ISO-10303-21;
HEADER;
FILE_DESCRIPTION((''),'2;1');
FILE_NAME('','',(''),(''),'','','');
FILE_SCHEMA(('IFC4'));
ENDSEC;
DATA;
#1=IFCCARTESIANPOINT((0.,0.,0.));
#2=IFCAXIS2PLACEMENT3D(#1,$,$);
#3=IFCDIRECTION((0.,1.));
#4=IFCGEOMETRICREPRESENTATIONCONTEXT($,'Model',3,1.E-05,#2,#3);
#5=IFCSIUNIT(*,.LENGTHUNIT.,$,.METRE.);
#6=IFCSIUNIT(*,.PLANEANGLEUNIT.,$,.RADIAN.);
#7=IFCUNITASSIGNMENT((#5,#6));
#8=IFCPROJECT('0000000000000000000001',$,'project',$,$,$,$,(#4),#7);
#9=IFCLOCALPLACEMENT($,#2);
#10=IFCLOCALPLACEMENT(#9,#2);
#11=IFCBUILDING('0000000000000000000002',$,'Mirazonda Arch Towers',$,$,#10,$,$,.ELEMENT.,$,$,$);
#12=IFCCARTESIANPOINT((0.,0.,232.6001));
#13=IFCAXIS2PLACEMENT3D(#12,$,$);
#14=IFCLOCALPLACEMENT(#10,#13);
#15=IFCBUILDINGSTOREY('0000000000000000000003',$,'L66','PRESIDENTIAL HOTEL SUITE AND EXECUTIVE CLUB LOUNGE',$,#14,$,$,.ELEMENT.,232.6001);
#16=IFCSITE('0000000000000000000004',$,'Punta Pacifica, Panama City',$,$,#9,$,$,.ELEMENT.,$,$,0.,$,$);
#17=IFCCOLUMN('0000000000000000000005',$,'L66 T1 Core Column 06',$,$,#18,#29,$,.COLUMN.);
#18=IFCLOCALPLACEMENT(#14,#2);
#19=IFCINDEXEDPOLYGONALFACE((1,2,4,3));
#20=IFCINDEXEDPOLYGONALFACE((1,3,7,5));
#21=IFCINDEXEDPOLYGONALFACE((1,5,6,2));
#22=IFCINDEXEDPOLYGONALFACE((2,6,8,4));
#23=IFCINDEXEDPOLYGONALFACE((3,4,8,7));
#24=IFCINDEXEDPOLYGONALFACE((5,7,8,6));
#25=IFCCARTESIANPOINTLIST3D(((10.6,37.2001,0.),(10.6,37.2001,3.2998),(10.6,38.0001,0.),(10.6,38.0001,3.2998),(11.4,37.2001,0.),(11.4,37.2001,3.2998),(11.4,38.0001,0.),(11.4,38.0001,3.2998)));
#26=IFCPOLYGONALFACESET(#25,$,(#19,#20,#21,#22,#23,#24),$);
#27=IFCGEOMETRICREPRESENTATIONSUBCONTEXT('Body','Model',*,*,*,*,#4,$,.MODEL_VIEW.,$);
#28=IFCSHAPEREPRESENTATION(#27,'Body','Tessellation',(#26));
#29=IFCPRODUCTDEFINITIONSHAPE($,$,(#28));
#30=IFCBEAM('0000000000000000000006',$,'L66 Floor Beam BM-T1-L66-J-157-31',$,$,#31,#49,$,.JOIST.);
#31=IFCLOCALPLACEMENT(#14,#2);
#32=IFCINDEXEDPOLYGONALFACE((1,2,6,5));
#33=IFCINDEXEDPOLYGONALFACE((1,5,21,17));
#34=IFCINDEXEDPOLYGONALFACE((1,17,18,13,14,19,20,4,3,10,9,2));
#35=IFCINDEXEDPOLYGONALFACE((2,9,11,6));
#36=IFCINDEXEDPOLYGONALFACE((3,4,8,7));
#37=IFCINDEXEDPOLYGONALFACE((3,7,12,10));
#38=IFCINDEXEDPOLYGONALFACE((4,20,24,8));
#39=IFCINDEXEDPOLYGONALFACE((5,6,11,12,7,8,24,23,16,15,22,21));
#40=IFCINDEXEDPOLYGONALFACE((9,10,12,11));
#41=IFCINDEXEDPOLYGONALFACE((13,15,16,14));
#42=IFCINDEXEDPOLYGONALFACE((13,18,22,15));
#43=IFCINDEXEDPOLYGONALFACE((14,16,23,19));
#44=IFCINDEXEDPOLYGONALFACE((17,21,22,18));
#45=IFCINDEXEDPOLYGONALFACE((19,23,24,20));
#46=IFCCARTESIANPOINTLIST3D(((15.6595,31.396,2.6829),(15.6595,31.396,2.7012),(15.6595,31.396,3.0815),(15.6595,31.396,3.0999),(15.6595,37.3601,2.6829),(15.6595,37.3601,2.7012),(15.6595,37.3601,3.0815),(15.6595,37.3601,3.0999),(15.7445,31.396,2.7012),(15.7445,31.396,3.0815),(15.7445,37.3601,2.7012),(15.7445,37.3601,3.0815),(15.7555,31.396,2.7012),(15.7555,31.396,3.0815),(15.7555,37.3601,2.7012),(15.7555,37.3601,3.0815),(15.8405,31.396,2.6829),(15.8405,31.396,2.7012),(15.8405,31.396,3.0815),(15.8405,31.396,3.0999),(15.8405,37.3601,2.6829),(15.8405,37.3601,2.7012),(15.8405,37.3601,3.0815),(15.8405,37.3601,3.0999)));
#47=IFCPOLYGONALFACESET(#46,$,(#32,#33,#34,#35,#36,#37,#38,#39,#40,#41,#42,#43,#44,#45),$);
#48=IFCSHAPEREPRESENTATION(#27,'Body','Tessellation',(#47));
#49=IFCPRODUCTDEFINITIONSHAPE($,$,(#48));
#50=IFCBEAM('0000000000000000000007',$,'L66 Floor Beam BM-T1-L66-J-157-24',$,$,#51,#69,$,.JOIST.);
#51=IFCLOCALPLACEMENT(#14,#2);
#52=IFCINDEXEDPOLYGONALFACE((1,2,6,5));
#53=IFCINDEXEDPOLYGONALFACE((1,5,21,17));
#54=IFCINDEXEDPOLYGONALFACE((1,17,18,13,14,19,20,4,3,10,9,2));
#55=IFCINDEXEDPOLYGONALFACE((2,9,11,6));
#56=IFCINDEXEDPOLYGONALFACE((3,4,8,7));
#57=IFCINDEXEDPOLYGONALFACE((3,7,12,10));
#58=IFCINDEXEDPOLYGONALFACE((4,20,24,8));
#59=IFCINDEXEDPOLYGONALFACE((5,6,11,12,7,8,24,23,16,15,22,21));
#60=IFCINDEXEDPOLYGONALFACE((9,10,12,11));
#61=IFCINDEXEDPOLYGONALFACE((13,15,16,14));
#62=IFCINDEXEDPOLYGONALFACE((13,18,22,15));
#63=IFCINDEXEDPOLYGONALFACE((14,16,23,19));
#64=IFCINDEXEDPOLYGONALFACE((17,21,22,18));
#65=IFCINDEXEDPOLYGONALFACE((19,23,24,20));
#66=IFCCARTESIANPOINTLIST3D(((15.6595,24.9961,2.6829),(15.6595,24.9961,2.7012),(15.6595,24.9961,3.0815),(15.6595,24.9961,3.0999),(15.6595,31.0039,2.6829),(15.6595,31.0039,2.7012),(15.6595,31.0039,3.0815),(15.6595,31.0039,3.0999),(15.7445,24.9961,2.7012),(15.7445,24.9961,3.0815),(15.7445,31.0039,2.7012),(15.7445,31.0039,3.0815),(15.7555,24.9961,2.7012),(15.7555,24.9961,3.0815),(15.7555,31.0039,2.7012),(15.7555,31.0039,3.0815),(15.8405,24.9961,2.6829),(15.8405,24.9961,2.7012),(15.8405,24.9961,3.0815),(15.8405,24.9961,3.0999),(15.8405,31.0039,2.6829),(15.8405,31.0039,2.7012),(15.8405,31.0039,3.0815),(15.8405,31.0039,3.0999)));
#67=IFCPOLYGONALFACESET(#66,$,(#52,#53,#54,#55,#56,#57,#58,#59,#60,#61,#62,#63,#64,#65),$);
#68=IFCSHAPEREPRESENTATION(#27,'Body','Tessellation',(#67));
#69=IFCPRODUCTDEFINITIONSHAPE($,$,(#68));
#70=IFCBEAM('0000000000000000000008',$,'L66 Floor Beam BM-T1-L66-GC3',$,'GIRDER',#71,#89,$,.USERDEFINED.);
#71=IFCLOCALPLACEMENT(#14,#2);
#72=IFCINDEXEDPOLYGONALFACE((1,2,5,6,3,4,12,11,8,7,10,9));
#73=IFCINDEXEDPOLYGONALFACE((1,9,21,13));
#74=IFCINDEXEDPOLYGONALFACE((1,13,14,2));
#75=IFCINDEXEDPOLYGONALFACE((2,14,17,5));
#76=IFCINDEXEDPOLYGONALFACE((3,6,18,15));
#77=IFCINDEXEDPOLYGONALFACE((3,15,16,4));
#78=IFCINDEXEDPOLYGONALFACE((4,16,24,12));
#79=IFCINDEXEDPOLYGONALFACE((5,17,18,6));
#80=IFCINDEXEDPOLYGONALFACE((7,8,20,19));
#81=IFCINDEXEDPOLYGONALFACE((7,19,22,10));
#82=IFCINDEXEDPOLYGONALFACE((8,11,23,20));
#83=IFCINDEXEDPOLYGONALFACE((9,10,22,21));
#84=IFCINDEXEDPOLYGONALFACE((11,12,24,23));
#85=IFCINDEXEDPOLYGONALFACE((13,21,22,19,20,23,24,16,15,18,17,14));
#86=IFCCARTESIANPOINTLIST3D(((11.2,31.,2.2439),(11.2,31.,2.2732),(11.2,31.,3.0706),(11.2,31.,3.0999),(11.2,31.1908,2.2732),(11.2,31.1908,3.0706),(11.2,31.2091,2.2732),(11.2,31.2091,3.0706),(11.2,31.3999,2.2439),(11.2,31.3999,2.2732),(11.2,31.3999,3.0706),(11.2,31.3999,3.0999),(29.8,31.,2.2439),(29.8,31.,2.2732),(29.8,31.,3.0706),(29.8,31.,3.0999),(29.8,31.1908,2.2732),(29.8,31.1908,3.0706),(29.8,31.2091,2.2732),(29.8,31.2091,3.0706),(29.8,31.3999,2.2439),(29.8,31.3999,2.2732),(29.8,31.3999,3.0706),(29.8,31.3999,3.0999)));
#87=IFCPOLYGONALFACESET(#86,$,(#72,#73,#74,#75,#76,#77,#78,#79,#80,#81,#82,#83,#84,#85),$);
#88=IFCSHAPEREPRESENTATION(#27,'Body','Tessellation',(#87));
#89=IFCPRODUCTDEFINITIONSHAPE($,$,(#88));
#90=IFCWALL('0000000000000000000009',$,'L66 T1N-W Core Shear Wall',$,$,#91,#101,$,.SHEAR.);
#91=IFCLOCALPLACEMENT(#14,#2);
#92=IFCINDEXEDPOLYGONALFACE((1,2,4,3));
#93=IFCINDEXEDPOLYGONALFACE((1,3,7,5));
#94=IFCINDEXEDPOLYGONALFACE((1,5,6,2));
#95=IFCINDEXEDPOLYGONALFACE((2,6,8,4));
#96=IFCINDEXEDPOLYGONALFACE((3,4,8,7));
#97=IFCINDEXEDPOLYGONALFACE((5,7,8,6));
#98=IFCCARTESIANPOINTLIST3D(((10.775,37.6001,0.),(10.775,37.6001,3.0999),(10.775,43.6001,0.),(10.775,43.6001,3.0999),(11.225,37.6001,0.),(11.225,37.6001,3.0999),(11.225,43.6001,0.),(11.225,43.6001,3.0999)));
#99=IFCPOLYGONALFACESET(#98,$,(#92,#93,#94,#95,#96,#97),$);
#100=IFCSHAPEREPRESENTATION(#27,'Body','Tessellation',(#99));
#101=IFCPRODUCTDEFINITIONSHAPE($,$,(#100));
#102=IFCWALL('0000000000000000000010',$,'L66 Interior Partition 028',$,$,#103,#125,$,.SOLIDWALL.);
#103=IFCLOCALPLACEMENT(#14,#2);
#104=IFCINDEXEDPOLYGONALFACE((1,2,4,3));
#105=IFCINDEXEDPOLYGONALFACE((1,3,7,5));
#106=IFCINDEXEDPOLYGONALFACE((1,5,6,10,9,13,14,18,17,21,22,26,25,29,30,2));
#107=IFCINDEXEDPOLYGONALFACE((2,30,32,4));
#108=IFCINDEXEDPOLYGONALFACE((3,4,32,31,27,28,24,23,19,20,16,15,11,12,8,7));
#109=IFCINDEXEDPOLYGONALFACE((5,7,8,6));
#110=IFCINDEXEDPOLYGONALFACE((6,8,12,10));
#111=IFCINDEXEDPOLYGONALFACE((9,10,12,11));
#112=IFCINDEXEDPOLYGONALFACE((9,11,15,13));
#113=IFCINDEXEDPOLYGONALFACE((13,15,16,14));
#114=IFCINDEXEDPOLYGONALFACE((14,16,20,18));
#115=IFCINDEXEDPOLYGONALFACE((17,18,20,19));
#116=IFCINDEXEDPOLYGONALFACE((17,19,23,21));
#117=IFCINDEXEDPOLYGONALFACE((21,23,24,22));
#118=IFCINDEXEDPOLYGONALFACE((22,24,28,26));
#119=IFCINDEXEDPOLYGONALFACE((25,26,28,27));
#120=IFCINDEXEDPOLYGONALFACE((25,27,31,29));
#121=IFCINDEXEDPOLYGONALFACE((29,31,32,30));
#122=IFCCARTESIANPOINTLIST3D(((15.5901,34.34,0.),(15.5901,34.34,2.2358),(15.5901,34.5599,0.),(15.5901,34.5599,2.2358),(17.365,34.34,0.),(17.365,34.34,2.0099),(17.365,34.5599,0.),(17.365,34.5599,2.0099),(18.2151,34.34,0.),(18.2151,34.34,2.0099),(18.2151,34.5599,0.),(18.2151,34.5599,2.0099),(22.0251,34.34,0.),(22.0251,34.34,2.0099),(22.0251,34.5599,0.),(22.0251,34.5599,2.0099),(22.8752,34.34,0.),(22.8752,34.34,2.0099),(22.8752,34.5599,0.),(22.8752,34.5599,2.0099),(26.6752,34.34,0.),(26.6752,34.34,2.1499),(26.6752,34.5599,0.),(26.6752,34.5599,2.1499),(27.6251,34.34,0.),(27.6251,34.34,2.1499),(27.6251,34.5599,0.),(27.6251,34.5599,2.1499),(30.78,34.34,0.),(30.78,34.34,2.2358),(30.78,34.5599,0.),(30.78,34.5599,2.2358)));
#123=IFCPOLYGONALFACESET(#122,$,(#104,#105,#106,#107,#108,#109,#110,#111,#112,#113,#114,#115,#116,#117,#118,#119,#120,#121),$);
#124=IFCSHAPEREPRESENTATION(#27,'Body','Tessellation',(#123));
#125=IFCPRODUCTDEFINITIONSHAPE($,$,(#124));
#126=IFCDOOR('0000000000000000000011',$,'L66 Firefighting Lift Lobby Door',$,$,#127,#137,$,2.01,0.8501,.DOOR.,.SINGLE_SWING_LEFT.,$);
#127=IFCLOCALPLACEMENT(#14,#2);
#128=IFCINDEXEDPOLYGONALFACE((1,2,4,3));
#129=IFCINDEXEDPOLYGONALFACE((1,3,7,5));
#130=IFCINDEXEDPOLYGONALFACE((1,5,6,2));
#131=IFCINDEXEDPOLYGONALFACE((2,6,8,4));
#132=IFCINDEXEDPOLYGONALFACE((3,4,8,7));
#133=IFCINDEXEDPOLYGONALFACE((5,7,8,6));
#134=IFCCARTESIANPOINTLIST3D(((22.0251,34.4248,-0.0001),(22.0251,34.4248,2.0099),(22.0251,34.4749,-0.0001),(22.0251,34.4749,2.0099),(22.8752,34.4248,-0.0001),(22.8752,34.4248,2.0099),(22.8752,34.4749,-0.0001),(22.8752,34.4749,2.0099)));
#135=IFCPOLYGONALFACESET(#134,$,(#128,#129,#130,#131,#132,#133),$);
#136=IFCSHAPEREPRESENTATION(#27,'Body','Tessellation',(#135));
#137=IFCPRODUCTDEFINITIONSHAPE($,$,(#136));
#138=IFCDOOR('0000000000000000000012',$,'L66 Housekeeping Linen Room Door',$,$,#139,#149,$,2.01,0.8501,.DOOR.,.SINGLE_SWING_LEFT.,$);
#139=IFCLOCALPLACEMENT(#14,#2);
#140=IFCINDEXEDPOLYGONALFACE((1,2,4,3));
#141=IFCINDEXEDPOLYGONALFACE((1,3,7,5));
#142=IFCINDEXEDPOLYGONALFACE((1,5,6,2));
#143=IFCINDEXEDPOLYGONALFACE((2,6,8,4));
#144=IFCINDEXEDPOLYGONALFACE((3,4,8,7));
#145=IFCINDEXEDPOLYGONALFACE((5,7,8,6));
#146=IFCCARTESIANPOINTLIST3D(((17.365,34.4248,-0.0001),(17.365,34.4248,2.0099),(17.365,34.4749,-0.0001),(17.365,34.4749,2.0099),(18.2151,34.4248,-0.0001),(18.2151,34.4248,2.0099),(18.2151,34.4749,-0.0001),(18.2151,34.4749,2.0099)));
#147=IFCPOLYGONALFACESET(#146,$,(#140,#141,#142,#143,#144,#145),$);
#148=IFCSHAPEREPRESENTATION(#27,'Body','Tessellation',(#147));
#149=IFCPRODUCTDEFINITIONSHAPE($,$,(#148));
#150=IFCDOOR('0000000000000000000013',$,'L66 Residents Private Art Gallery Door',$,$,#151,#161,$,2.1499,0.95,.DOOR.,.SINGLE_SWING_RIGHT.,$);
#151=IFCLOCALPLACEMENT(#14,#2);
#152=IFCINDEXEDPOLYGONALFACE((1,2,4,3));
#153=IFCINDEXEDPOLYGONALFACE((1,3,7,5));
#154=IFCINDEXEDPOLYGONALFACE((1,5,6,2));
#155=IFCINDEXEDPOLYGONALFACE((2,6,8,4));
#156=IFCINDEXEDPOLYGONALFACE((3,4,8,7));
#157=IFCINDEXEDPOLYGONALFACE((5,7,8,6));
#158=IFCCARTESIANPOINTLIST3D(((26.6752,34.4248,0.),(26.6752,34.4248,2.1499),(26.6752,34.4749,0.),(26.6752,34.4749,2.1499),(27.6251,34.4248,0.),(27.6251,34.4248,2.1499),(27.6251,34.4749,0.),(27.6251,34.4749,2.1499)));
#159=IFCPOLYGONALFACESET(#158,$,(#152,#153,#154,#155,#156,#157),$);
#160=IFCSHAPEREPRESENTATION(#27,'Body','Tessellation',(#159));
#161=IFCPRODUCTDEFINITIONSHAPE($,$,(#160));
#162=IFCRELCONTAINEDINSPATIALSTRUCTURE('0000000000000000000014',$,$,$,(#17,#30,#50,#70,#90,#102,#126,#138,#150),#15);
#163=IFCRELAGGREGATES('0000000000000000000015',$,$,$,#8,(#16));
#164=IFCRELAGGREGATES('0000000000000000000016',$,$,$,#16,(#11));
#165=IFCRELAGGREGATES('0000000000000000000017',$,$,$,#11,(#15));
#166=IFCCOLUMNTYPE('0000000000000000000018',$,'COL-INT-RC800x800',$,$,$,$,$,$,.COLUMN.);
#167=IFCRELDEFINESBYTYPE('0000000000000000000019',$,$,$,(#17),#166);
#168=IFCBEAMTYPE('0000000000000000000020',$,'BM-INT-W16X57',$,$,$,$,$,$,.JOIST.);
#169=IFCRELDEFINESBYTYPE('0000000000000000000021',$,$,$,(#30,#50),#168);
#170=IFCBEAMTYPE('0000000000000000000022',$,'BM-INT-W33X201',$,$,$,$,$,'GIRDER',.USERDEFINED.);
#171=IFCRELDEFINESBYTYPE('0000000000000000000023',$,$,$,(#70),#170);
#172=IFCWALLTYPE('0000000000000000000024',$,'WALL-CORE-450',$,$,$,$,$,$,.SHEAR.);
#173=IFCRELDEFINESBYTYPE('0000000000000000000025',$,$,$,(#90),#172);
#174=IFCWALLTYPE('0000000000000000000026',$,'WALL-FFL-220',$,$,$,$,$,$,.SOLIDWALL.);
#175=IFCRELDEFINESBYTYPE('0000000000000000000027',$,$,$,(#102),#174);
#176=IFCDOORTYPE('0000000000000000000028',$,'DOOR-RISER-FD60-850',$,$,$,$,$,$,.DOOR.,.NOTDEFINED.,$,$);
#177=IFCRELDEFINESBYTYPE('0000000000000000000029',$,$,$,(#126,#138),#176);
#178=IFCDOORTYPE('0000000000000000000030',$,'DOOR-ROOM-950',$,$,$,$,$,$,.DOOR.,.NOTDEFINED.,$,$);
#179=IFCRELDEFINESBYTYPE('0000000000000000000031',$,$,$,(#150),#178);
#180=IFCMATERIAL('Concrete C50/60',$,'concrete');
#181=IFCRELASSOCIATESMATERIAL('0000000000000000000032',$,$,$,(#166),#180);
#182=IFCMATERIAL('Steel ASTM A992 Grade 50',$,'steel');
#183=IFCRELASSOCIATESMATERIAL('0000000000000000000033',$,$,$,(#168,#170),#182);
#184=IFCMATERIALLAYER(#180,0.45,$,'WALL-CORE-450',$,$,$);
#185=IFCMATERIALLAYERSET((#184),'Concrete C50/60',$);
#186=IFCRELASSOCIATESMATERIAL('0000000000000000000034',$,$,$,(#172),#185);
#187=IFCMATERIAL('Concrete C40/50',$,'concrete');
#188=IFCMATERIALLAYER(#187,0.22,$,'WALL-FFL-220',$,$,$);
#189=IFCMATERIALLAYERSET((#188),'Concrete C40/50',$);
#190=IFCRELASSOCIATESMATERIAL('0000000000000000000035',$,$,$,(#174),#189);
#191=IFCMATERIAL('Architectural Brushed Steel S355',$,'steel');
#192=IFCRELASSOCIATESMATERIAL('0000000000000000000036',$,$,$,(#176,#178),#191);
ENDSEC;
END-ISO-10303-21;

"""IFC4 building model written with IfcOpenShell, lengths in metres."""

from ifc_helpers import new_model, si_unit, direction, frame, frame_2d, origin, origin_2d, place, context, subcontext, project, spatial, rectangle, i_section, extrude, material, layer, layer_set, material_profile, profile_set, type_object, element, fill, save


model = new_model("IFC4")

# Units and contexts
model_context = context("Model", 3, precision=1e-05, world=origin(), true_north=direction((0.0, 1.0)))
body_context = subcontext(model_context, "Body", "Model", "MODEL_VIEW")
ifc_project = project(units=[si_unit("LENGTHUNIT", "METRE"), si_unit("PLANEANGLEUNIT", "RADIAN")], contexts=[model_context])

# Site, building, storey
site_placement = place(None, origin())
site = spatial("IfcSite", under=ifc_project, at=site_placement, Name="Punta Pacifica, Panama City", CompositionType="ELEMENT", RefElevation=0.0)
building_placement = place(site_placement, origin())
building = spatial("IfcBuilding", under=site, at=building_placement, Name="Mirazonda Arch Towers", CompositionType="ELEMENT")
storey_placement = place(building_placement, frame((0.0, 0.0, 232.6001)))
storey = spatial("IfcBuildingStorey", under=building, at=storey_placement, Name="L66", Description="PRESIDENTIAL HOTEL SUITE AND EXECUTIVE CLUB LOUNGE", CompositionType="ELEMENT", Elevation=232.6001)

# Column
ifc_material_1 = material(Name="Concrete C50/60", Category="concrete")
ifc_material_profile_1 = material_profile(ifc_material_1, rectangle(XDim=0.8, YDim=0.8, at=origin_2d()), Name="RC800x800")
ifc_profile_set_1 = profile_set([ifc_material_profile_1], Name="Concrete C50/60")
column_type = type_object("IfcColumnType", Name="COL-INT-RC800x800", PredefinedType="COLUMN", material=ifc_profile_set_1)
column_placement = place(storey_placement, frame((11.0, 37.6001, 0.0), z_axis=(0.0, 0.0, 1.0), x_axis=(1.0, 0.0, 0.0)))
element("IfcColumn", 1, at=column_placement, inside=storey, type_object=column_type, Name="L66 T1 Core Column 06", PredefinedType="COLUMN", context=body_context, shape_type="SweptSolid", body=[
    extrude(rectangle(XDim=0.8, YDim=0.8, at=origin_2d()), origin(), (0.0, 0.0, 1.0), 3.2998),
])

# Beams
ifc_material_2 = material(Name="Steel ASTM A992 Grade 50", Category="steel")
ifc_material_profile_2 = material_profile(ifc_material_2, i_section(OverallWidth=0.1809, OverallDepth=0.417, WebThickness=0.011, FlangeThickness=0.0183, at=origin_2d()), Name="W16X57")
ifc_profile_set_2 = profile_set([ifc_material_profile_2], Name="Steel ASTM A992 Grade 50")
beam_type_1 = type_object("IfcBeamType", Name="BM-INT-W16X57", PredefinedType="JOIST", material=ifc_profile_set_2)
beam_1_placement = place(storey_placement, frame((15.75, 31.396, 2.8914), z_axis=(0.0, 1.0, 0.0), x_axis=(-1.0, 0.0, 0.0)))
element("IfcBeam", 2, at=beam_1_placement, inside=storey, type_object=beam_type_1, Name="L66 Floor Beam BM-T1-L66-J-157-31", PredefinedType="JOIST", context=body_context, shape_type="SweptSolid", body=[
    extrude(i_section(OverallWidth=0.1809, OverallDepth=0.417, WebThickness=0.011, FlangeThickness=0.0183, at=origin_2d()), origin(), (0.0, 0.0, 1.0), 5.9641),
])
beam_2_placement = place(storey_placement, frame((15.75, 24.9961, 2.8914), z_axis=(0.0, 1.0, 0.0), x_axis=(-1.0, 0.0, 0.0)))
element("IfcBeam", 3, at=beam_2_placement, inside=storey, type_object=beam_type_1, Name="L66 Floor Beam BM-T1-L66-J-157-24", PredefinedType="JOIST", context=body_context, shape_type="SweptSolid", body=[
    extrude(i_section(OverallWidth=0.1809, OverallDepth=0.417, WebThickness=0.011, FlangeThickness=0.0183, at=origin_2d()), origin(), (0.0, 0.0, 1.0), 6.0078),
])
ifc_material_profile_3 = material_profile(ifc_material_2, i_section(OverallWidth=0.3999, OverallDepth=0.856, WebThickness=0.0183, FlangeThickness=0.0293, at=origin_2d()), Name="W33X201")
ifc_profile_set_3 = profile_set([ifc_material_profile_3], Name="Steel ASTM A992 Grade 50")
beam_type_2 = type_object("IfcBeamType", Name="BM-INT-W33X201", ElementType="GIRDER", PredefinedType="USERDEFINED", material=ifc_profile_set_3)
beam_3_placement = place(storey_placement, frame((11.2, 31.2, 2.6719), z_axis=(1.0, 0.0, 0.0), x_axis=(0.0, 1.0, 0.0)))
element("IfcBeam", 4, at=beam_3_placement, inside=storey, type_object=beam_type_2, Name="L66 Floor Beam BM-T1-L66-GC3", ObjectType="GIRDER", PredefinedType="USERDEFINED", context=body_context, shape_type="SweptSolid", body=[
    extrude(i_section(OverallWidth=0.3999, OverallDepth=0.856, WebThickness=0.0183, FlangeThickness=0.0293, at=origin_2d()), origin(), (0.0, 0.0, 1.0), 18.6001),
])

# Wall
ifc_layer_1 = layer(ifc_material_1, 0.45, Name="WALL-CORE-450")
ifc_layer_set_1 = layer_set([ifc_layer_1], Name="Concrete C50/60")
wall_type_1 = type_object("IfcWallType", Name="WALL-CORE-450", PredefinedType="SHEAR", material=ifc_layer_set_1)
wall_1_placement = place(storey_placement, frame((11.0, 37.6001, 0.0), z_axis=(0.0, 0.0, 1.0), x_axis=(0.0, 1.0, 0.0)))
element("IfcWall", 5, at=wall_1_placement, inside=storey, type_object=wall_type_1, Name="L66 T1N-W Core Shear Wall", PredefinedType="SHEAR", context=body_context, shape_type="SweptSolid", body=[
    extrude(rectangle(XDim=6.0, YDim=0.45, at=frame_2d((3.0, 0.0))), origin(), (0.0, 0.0, 1.0), 3.0999),
])

# Wall, openings, doors
ifc_material_3 = material(Name="Concrete C40/50", Category="concrete")
ifc_layer_2 = layer(ifc_material_3, 0.22, Name="WALL-FFL-220")
ifc_layer_set_2 = layer_set([ifc_layer_2], Name="Concrete C40/50")
wall_type_2 = type_object("IfcWallType", Name="WALL-FFL-220", PredefinedType="SOLIDWALL", material=ifc_layer_set_2)
wall_2_placement = place(storey_placement, frame((15.5901, 34.45, 0.0), z_axis=(0.0, 0.0, 1.0), x_axis=(1.0, 0.0, 0.0)))
wall_2 = element("IfcWall", 6, at=wall_2_placement, inside=storey, type_object=wall_type_2, Name="L66 Interior Partition 028", PredefinedType="SOLIDWALL", context=body_context, shape_type="SweptSolid", body=[
    extrude(rectangle(XDim=15.1899, YDim=0.22, at=frame_2d((7.595, 0.0))), origin(), (0.0, 0.0, 1.0), 2.2358),
])
opening_1_placement = place(wall_2_placement, frame((6.4351, 0.0, 0.0)))
opening_1 = element("IfcOpeningElement", 7, at=opening_1_placement, cuts=wall_2, PredefinedType="OPENING", context=body_context, shape_type="SweptSolid", body=[
    extrude(rectangle(XDim=0.8501, YDim=2.01, at=frame_2d((0.425, 1.0049))), frame((0.0, 0.1199, 0.0), z_axis=(0.0, -1.0, 0.0), x_axis=(1.0, 0.0, 0.0)), (0.0, 0.0, 1.0), 0.24),
])
opening_2_placement = place(wall_2_placement, frame((11.085, 0.0, 0.0)))
opening_2 = element("IfcOpeningElement", 8, at=opening_2_placement, cuts=wall_2, PredefinedType="OPENING", context=body_context, shape_type="SweptSolid", body=[
    extrude(rectangle(XDim=0.95, YDim=2.1499, at=frame_2d((0.4751, 1.075))), frame((0.0, 0.1199, 0.0), z_axis=(0.0, -1.0, 0.0), x_axis=(1.0, 0.0, 0.0)), (0.0, 0.0, 1.0), 0.24),
])
opening_3_placement = place(wall_2_placement, frame((1.7749, 0.0, 0.0)))
opening_3 = element("IfcOpeningElement", 9, at=opening_3_placement, cuts=wall_2, PredefinedType="OPENING", context=body_context, shape_type="SweptSolid", body=[
    extrude(rectangle(XDim=0.8501, YDim=2.01, at=frame_2d((0.425, 1.0049))), frame((0.0, 0.1199, 0.0), z_axis=(0.0, -1.0, 0.0), x_axis=(1.0, 0.0, 0.0)), (0.0, 0.0, 1.0), 0.24),
])
ifc_material_4 = material(Name="Architectural Brushed Steel S355", Category="steel")
door_type_1 = type_object("IfcDoorType", Name="DOOR-RISER-FD60-850", OperationType="NOTDEFINED", PredefinedType="DOOR", material=ifc_material_4)
door_1_placement = place(opening_1_placement, origin())
door_1 = element("IfcDoor", 10, at=door_1_placement, inside=storey, type_object=door_type_1, Name="L66 Firefighting Lift Lobby Door", OperationType="SINGLE_SWING_LEFT", OverallHeight=2.01, OverallWidth=0.8501, PredefinedType="DOOR", context=body_context, shape_type="SweptSolid", body=[
    extrude(rectangle(XDim=0.8501, YDim=2.01, at=frame_2d((0.425, 1.0049))), frame((0.0, 0.0249, 0.0), z_axis=(0.0, -1.0, 0.0), x_axis=(1.0, 0.0, 0.0)), (0.0, 0.0, 1.0), 0.05),
])
fill(opening_1, door_1)
door_2_placement = place(opening_3_placement, origin())
door_2 = element("IfcDoor", 11, at=door_2_placement, inside=storey, type_object=door_type_1, Name="L66 Housekeeping Linen Room Door", OperationType="SINGLE_SWING_LEFT", OverallHeight=2.01, OverallWidth=0.8501, PredefinedType="DOOR", context=body_context, shape_type="SweptSolid", body=[
    extrude(rectangle(XDim=0.8501, YDim=2.01, at=frame_2d((0.425, 1.0049))), frame((0.0, 0.0249, 0.0), z_axis=(0.0, -1.0, 0.0), x_axis=(1.0, 0.0, 0.0)), (0.0, 0.0, 1.0), 0.05),
])
fill(opening_3, door_2)
door_type_2 = type_object("IfcDoorType", Name="DOOR-ROOM-950", OperationType="NOTDEFINED", PredefinedType="DOOR", material=ifc_material_4)
door_3_placement = place(opening_2_placement, origin())
door_3 = element("IfcDoor", 12, at=door_3_placement, inside=storey, type_object=door_type_2, Name="L66 Residents Private Art Gallery Door", OperationType="SINGLE_SWING_RIGHT", OverallHeight=2.1499, OverallWidth=0.95, PredefinedType="DOOR", context=body_context, shape_type="SweptSolid", body=[
    extrude(rectangle(XDim=0.95, YDim=2.1499, at=frame_2d((0.4751, 1.075))), frame((0.0, 0.0249, 0.0), z_axis=(0.0, -1.0, 0.0), x_axis=(1.0, 0.0, 0.0)), (0.0, 0.0, 1.0), 0.05),
])
fill(opening_2, door_3)

save(model, "model.ifc")
